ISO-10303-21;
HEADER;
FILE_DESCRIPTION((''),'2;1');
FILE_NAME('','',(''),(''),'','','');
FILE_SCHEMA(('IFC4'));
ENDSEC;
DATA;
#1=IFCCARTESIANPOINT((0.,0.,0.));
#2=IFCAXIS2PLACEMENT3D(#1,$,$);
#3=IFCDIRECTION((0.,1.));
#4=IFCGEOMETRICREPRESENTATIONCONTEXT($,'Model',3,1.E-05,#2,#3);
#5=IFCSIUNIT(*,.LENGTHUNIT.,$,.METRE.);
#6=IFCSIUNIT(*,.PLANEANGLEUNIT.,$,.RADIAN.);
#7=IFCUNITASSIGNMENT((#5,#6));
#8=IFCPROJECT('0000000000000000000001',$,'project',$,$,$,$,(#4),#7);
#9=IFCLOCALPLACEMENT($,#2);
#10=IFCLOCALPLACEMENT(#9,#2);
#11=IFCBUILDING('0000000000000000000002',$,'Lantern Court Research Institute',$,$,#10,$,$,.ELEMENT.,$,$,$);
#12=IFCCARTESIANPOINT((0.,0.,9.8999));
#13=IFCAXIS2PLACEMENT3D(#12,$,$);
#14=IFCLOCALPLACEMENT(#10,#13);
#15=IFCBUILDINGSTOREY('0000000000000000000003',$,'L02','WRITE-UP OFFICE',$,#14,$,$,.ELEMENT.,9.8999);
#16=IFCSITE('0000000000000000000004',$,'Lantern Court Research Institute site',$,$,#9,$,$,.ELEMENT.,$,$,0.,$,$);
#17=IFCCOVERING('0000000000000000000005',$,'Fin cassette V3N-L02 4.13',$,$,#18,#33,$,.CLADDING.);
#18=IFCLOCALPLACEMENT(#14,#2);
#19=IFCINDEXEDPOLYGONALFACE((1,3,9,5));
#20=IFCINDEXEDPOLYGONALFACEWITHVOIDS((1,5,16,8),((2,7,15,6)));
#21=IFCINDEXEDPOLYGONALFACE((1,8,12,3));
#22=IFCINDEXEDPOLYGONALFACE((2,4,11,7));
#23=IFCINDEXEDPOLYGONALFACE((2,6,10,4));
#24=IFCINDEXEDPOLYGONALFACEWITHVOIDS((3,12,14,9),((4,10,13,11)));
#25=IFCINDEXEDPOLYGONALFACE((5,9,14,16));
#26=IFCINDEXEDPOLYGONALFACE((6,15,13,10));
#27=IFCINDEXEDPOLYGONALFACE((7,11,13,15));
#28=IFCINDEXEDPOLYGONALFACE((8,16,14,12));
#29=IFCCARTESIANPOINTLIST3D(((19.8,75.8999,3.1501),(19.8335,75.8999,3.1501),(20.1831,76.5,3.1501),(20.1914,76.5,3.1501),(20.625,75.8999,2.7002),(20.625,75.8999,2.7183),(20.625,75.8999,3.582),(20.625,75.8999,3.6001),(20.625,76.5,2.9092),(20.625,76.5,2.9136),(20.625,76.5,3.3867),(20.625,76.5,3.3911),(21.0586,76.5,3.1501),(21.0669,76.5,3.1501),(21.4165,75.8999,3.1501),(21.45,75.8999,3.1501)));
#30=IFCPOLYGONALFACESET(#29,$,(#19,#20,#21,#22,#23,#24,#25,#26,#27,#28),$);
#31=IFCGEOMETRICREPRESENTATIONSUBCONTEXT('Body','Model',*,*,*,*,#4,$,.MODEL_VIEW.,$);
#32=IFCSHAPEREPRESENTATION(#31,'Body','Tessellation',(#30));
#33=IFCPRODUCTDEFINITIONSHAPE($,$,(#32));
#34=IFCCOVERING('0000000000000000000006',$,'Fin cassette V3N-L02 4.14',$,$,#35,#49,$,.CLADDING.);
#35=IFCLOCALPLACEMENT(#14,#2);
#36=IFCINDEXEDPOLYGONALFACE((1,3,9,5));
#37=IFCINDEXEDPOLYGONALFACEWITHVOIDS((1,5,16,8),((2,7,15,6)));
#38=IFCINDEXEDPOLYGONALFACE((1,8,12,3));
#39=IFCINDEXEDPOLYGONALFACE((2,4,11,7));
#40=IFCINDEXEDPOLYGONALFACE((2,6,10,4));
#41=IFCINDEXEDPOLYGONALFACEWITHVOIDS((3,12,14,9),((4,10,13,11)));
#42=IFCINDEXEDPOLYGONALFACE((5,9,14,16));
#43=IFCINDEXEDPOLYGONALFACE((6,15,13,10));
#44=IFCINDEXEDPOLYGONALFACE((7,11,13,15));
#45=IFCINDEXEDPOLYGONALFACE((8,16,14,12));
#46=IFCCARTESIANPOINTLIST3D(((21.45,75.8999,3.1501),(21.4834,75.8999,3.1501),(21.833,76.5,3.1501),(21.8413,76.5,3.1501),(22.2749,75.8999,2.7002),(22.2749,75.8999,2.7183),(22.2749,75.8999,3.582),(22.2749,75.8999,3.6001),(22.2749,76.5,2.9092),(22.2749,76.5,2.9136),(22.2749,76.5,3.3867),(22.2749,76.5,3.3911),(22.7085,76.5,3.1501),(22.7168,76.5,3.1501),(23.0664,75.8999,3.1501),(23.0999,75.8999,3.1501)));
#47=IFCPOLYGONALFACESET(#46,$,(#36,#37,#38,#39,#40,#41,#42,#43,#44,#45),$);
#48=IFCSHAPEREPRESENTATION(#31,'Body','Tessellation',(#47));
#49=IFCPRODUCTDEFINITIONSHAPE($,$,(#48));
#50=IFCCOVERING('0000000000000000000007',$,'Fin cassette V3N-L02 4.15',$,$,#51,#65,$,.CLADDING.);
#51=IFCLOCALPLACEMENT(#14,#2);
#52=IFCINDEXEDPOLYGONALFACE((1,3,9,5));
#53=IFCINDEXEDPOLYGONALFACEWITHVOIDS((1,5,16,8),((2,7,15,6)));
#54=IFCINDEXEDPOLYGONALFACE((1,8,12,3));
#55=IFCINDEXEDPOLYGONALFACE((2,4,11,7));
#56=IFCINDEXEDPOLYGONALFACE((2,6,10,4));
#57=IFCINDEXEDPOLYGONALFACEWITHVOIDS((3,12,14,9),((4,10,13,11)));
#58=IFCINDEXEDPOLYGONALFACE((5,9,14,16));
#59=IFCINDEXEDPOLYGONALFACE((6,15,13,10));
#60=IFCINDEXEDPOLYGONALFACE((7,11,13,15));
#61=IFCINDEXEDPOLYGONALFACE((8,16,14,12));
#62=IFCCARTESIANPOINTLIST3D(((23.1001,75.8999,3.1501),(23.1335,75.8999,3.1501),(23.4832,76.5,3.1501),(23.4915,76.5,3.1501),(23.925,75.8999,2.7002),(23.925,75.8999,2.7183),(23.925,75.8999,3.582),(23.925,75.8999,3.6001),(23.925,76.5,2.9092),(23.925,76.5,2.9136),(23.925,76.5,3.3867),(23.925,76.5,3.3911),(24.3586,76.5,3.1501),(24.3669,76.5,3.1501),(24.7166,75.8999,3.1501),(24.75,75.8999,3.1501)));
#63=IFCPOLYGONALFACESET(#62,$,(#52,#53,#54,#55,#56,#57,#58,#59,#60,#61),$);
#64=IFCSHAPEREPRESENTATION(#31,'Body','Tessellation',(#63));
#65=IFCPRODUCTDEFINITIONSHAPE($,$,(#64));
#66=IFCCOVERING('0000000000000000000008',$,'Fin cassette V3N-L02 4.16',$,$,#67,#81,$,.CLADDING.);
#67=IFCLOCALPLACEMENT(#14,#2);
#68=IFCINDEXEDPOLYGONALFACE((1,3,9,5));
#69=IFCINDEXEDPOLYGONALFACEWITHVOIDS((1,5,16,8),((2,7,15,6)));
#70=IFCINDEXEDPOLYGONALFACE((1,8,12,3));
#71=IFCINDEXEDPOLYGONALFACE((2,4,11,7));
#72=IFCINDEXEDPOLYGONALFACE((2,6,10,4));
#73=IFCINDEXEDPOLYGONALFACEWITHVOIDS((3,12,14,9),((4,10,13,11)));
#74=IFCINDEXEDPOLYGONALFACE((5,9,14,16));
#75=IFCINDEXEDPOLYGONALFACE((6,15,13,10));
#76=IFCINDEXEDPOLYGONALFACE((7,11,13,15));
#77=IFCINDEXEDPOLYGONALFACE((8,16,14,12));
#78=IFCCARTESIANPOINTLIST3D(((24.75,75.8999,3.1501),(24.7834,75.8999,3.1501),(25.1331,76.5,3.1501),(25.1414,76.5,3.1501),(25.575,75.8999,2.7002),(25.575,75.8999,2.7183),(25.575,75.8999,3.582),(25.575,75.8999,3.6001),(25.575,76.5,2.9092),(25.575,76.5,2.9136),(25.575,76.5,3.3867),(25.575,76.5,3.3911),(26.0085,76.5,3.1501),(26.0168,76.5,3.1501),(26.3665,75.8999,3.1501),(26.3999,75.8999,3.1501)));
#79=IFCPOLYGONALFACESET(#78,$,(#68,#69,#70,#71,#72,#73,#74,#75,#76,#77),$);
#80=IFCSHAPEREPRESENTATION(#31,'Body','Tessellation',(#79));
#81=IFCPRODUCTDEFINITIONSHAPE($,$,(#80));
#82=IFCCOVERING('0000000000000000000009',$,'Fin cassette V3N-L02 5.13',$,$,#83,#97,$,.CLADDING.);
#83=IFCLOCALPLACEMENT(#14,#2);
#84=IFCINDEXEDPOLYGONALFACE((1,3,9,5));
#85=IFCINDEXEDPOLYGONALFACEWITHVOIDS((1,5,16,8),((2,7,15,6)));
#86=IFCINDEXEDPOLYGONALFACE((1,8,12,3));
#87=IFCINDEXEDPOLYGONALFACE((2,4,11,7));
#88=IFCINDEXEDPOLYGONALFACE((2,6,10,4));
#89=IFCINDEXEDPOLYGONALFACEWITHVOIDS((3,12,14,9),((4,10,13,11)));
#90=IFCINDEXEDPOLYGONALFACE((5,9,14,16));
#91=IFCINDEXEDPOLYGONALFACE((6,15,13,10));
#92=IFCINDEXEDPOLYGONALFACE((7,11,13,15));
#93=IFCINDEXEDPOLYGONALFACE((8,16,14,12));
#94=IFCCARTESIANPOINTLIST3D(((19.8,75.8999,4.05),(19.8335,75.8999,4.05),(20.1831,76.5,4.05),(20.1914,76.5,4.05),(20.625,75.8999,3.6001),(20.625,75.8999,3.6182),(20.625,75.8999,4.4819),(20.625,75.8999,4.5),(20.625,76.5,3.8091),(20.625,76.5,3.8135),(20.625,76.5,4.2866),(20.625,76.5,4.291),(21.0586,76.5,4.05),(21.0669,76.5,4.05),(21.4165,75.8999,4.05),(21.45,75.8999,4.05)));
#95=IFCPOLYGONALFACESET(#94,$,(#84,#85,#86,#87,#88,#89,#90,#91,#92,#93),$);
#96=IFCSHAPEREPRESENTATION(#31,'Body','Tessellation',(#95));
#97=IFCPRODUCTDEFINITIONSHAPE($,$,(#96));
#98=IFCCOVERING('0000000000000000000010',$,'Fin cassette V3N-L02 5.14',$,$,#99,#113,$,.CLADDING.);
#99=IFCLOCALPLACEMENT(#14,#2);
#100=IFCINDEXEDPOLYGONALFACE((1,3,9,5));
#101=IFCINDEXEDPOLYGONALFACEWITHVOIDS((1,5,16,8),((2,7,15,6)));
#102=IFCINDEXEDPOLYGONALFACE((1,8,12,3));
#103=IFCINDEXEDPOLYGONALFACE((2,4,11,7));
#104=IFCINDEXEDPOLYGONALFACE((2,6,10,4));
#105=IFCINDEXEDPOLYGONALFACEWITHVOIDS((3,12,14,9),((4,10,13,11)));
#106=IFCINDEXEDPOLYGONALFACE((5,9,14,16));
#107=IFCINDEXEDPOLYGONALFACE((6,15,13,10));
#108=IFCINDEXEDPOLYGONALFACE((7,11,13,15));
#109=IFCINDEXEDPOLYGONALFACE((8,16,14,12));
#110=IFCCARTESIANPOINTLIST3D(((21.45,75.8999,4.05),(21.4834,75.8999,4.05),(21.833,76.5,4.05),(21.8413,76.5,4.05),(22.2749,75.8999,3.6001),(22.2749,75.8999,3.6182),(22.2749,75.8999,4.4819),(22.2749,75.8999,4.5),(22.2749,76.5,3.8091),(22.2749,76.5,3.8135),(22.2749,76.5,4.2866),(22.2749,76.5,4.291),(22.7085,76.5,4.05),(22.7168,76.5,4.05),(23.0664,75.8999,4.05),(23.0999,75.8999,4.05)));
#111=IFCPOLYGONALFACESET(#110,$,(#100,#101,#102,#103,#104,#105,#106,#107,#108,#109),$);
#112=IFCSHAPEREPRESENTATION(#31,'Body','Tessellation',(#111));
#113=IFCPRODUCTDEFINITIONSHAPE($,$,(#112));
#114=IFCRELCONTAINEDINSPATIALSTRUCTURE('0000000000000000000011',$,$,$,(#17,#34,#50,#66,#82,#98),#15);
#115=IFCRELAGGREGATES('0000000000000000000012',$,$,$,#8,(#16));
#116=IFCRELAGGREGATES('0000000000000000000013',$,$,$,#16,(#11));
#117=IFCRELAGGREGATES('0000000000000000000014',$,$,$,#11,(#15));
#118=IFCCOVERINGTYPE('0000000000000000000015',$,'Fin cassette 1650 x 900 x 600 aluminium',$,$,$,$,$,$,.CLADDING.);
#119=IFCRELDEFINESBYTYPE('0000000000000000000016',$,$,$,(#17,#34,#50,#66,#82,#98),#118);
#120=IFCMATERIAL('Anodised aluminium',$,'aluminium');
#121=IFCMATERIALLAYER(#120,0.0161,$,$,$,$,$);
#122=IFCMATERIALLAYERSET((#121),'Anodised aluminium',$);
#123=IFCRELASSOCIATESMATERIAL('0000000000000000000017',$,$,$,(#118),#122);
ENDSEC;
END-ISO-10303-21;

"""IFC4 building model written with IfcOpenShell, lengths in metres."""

from ifc_helpers import new_model, entity, si_unit, direction, frame, origin, place, context, subcontext, project, spatial, material, layer, layer_set, type_object, element, save


model = new_model("IFC4")

# Units and contexts
model_context = context("Model", 3, precision=1e-05, world=origin(), true_north=direction((0.0, 1.0)))
body_context = subcontext(model_context, "Body", "Model", "MODEL_VIEW")
ifc_project = project(units=[si_unit("LENGTHUNIT", "METRE"), si_unit("PLANEANGLEUNIT", "RADIAN")], contexts=[model_context])

# Site, building, storey
site_placement = place(None, origin())
site = spatial("IfcSite", under=ifc_project, at=site_placement, Name="Lantern Court Research Institute site", CompositionType="ELEMENT", RefElevation=0.0)
building_placement = place(site_placement, origin())
building = spatial("IfcBuilding", under=site, at=building_placement, Name="Lantern Court Research Institute", CompositionType="ELEMENT")
storey_placement = place(building_placement, frame((0.0, 0.0, 9.8999)))
storey = spatial("IfcBuildingStorey", under=building, at=storey_placement, Name="L02", Description="WRITE-UP OFFICE", CompositionType="ELEMENT", Elevation=9.8999)

# Coverings
ifc_material_1 = material(Name="Anodised aluminium", Category="aluminium")
ifc_layer_1 = layer(ifc_material_1, 0.0161)
ifc_layer_set_1 = layer_set([ifc_layer_1], Name="Anodised aluminium")
covering_type = type_object("IfcCoveringType", Name="Fin cassette 1650 x 900 x 600 aluminium", PredefinedType="CLADDING", material=ifc_layer_set_1)
covering_1_placement = place(storey_placement, frame((20.625, 75.8999, 3.1501), z_axis=(0.0, 1.0, 0.0), x_axis=(-1.0, 0.0, 0.0)))
cartesian_point_1 = entity("IfcCartesianPoint", [0.825, 0.0])
cartesian_point_2 = entity("IfcCartesianPoint", [0.7915, 0.0])
cartesian_point_3 = entity("IfcCartesianPoint", [0.4419, 0.0])
cartesian_point_4 = entity("IfcCartesianPoint", [0.4336, 0.0])
element("IfcCovering", 1, at=covering_1_placement, inside=storey, type_object=covering_type, Name="Fin cassette V3N-L02 4.13", PredefinedType="CLADDING", context=body_context, shape_type="SweptSolid", body=[
    entity("IfcExtrudedAreaSolidTapered", entity("IfcArbitraryProfileDefWithVoids", "AREA", None, entity("IfcPolyline", [cartesian_point_1, entity("IfcCartesianPoint", [0.0, 0.45]), entity("IfcCartesianPoint", [-0.825, 0.0]), entity("IfcCartesianPoint", [0.0, -0.45]), cartesian_point_1]), [entity("IfcPolyline", [cartesian_point_2, entity("IfcCartesianPoint", [0.0, 0.4319]), entity("IfcCartesianPoint", [-0.7915, 0.0]), entity("IfcCartesianPoint", [0.0, -0.4319]), cartesian_point_2])]), entity("IfcAxis2Placement3D", entity("IfcCartesianPoint", [0.0, 0.0, 0.0])), entity("IfcDirection", [0.0, 0.0, 1.0]), 0.6001, entity("IfcArbitraryProfileDefWithVoids", "AREA", None, entity("IfcPolyline", [cartesian_point_3, entity("IfcCartesianPoint", [0.0, 0.241]), entity("IfcCartesianPoint", [-0.4419, 0.0]), entity("IfcCartesianPoint", [0.0, -0.241]), cartesian_point_3]), [entity("IfcPolyline", [cartesian_point_4, entity("IfcCartesianPoint", [0.0, 0.2366]), entity("IfcCartesianPoint", [-0.4336, 0.0]), entity("IfcCartesianPoint", [0.0, -0.2366]), cartesian_point_4])])),
])
covering_2_placement = place(storey_placement, frame((22.2749, 75.8999, 3.1501), z_axis=(0.0, 1.0, 0.0), x_axis=(-1.0, 0.0, 0.0)))
cartesian_point_5 = entity("IfcCartesianPoint", [0.825, 0.0])
cartesian_point_6 = entity("IfcCartesianPoint", [0.7915, 0.0])
cartesian_point_7 = entity("IfcCartesianPoint", [0.4419, 0.0])
cartesian_point_8 = entity("IfcCartesianPoint", [0.4336, 0.0])
element("IfcCovering", 2, at=covering_2_placement, inside=storey, type_object=covering_type, Name="Fin cassette V3N-L02 4.14", PredefinedType="CLADDING", context=body_context, shape_type="SweptSolid", body=[
    entity("IfcExtrudedAreaSolidTapered", entity("IfcArbitraryProfileDefWithVoids", "AREA", None, entity("IfcPolyline", [cartesian_point_5, entity("IfcCartesianPoint", [0.0, 0.45]), entity("IfcCartesianPoint", [-0.825, 0.0]), entity("IfcCartesianPoint", [0.0, -0.45]), cartesian_point_5]), [entity("IfcPolyline", [cartesian_point_6, entity("IfcCartesianPoint", [0.0, 0.4319]), entity("IfcCartesianPoint", [-0.7915, 0.0]), entity("IfcCartesianPoint", [0.0, -0.4319]), cartesian_point_6])]), entity("IfcAxis2Placement3D", entity("IfcCartesianPoint", [0.0, 0.0, 0.0])), entity("IfcDirection", [0.0, 0.0, 1.0]), 0.6001, entity("IfcArbitraryProfileDefWithVoids", "AREA", None, entity("IfcPolyline", [cartesian_point_7, entity("IfcCartesianPoint", [0.0, 0.241]), entity("IfcCartesianPoint", [-0.4419, 0.0]), entity("IfcCartesianPoint", [0.0, -0.241]), cartesian_point_7]), [entity("IfcPolyline", [cartesian_point_8, entity("IfcCartesianPoint", [0.0, 0.2366]), entity("IfcCartesianPoint", [-0.4336, 0.0]), entity("IfcCartesianPoint", [0.0, -0.2366]), cartesian_point_8])])),
])
covering_3_placement = place(storey_placement, frame((23.925, 75.8999, 3.1501), z_axis=(0.0, 1.0, 0.0), x_axis=(-1.0, 0.0, 0.0)))
cartesian_point_9 = entity("IfcCartesianPoint", [0.825, 0.0])
cartesian_point_10 = entity("IfcCartesianPoint", [0.7915, 0.0])
cartesian_point_11 = entity("IfcCartesianPoint", [0.4419, 0.0])
cartesian_point_12 = entity("IfcCartesianPoint", [0.4336, 0.0])
element("IfcCovering", 3, at=covering_3_placement, inside=storey, type_object=covering_type, Name="Fin cassette V3N-L02 4.15", PredefinedType="CLADDING", context=body_context, shape_type="SweptSolid", body=[
    entity("IfcExtrudedAreaSolidTapered", entity("IfcArbitraryProfileDefWithVoids", "AREA", None, entity("IfcPolyline", [cartesian_point_9, entity("IfcCartesianPoint", [0.0, 0.45]), entity("IfcCartesianPoint", [-0.825, 0.0]), entity("IfcCartesianPoint", [0.0, -0.45]), cartesian_point_9]), [entity("IfcPolyline", [cartesian_point_10, entity("IfcCartesianPoint", [0.0, 0.4319]), entity("IfcCartesianPoint", [-0.7915, 0.0]), entity("IfcCartesianPoint", [0.0, -0.4319]), cartesian_point_10])]), entity("IfcAxis2Placement3D", entity("IfcCartesianPoint", [0.0, 0.0, 0.0])), entity("IfcDirection", [0.0, 0.0, 1.0]), 0.6001, entity("IfcArbitraryProfileDefWithVoids", "AREA", None, entity("IfcPolyline", [cartesian_point_11, entity("IfcCartesianPoint", [0.0, 0.241]), entity("IfcCartesianPoint", [-0.4419, 0.0]), entity("IfcCartesianPoint", [0.0, -0.241]), cartesian_point_11]), [entity("IfcPolyline", [cartesian_point_12, entity("IfcCartesianPoint", [0.0, 0.2366]), entity("IfcCartesianPoint", [-0.4336, 0.0]), entity("IfcCartesianPoint", [0.0, -0.2366]), cartesian_point_12])])),
])
covering_4_placement = place(storey_placement, frame((25.575, 75.8999, 3.1501), z_axis=(0.0, 1.0, 0.0), x_axis=(-1.0, 0.0, 0.0)))
cartesian_point_13 = entity("IfcCartesianPoint", [0.825, 0.0])
cartesian_point_14 = entity("IfcCartesianPoint", [0.7915, 0.0])
cartesian_point_15 = entity("IfcCartesianPoint", [0.4419, 0.0])
cartesian_point_16 = entity("IfcCartesianPoint", [0.4336, 0.0])
element("IfcCovering", 4, at=covering_4_placement, inside=storey, type_object=covering_type, Name="Fin cassette V3N-L02 4.16", PredefinedType="CLADDING", context=body_context, shape_type="SweptSolid", body=[
    entity("IfcExtrudedAreaSolidTapered", entity("IfcArbitraryProfileDefWithVoids", "AREA", None, entity("IfcPolyline", [cartesian_point_13, entity("IfcCartesianPoint", [0.0, 0.45]), entity("IfcCartesianPoint", [-0.825, 0.0]), entity("IfcCartesianPoint", [0.0, -0.45]), cartesian_point_13]), [entity("IfcPolyline", [cartesian_point_14, entity("IfcCartesianPoint", [0.0, 0.4319]), entity("IfcCartesianPoint", [-0.7915, 0.0]), entity("IfcCartesianPoint", [0.0, -0.4319]), cartesian_point_14])]), entity("IfcAxis2Placement3D", entity("IfcCartesianPoint", [0.0, 0.0, 0.0])), entity("IfcDirection", [0.0, 0.0, 1.0]), 0.6001, entity("IfcArbitraryProfileDefWithVoids", "AREA", None, entity("IfcPolyline", [cartesian_point_15, entity("IfcCartesianPoint", [0.0, 0.241]), entity("IfcCartesianPoint", [-0.4419, 0.0]), entity("IfcCartesianPoint", [0.0, -0.241]), cartesian_point_15]), [entity("IfcPolyline", [cartesian_point_16, entity("IfcCartesianPoint", [0.0, 0.2366]), entity("IfcCartesianPoint", [-0.4336, 0.0]), entity("IfcCartesianPoint", [0.0, -0.2366]), cartesian_point_16])])),
])
covering_5_placement = place(storey_placement, frame((20.625, 75.8999, 4.05), z_axis=(0.0, 1.0, 0.0), x_axis=(-1.0, 0.0, 0.0)))
cartesian_point_17 = entity("IfcCartesianPoint", [0.825, 0.0])
cartesian_point_18 = entity("IfcCartesianPoint", [0.7915, 0.0])
cartesian_point_19 = entity("IfcCartesianPoint", [0.4419, 0.0])
cartesian_point_20 = entity("IfcCartesianPoint", [0.4336, 0.0])
element("IfcCovering", 5, at=covering_5_placement, inside=storey, type_object=covering_type, Name="Fin cassette V3N-L02 5.13", PredefinedType="CLADDING", context=body_context, shape_type="SweptSolid", body=[
    entity("IfcExtrudedAreaSolidTapered", entity("IfcArbitraryProfileDefWithVoids", "AREA", None, entity("IfcPolyline", [cartesian_point_17, entity("IfcCartesianPoint", [0.0, 0.45]), entity("IfcCartesianPoint", [-0.825, 0.0]), entity("IfcCartesianPoint", [0.0, -0.45]), cartesian_point_17]), [entity("IfcPolyline", [cartesian_point_18, entity("IfcCartesianPoint", [0.0, 0.4319]), entity("IfcCartesianPoint", [-0.7915, 0.0]), entity("IfcCartesianPoint", [0.0, -0.4319]), cartesian_point_18])]), entity("IfcAxis2Placement3D", entity("IfcCartesianPoint", [0.0, 0.0, 0.0])), entity("IfcDirection", [0.0, 0.0, 1.0]), 0.6001, entity("IfcArbitraryProfileDefWithVoids", "AREA", None, entity("IfcPolyline", [cartesian_point_19, entity("IfcCartesianPoint", [0.0, 0.241]), entity("IfcCartesianPoint", [-0.4419, 0.0]), entity("IfcCartesianPoint", [0.0, -0.241]), cartesian_point_19]), [entity("IfcPolyline", [cartesian_point_20, entity("IfcCartesianPoint", [0.0, 0.2366]), entity("IfcCartesianPoint", [-0.4336, 0.0]), entity("IfcCartesianPoint", [0.0, -0.2366]), cartesian_point_20])])),
])
covering_6_placement = place(storey_placement, frame((22.2749, 75.8999, 4.05), z_axis=(0.0, 1.0, 0.0), x_axis=(-1.0, 0.0, 0.0)))
cartesian_point_21 = entity("IfcCartesianPoint", [0.825, 0.0])
cartesian_point_22 = entity("IfcCartesianPoint", [0.7915, 0.0])
cartesian_point_23 = entity("IfcCartesianPoint", [0.4419, 0.0])
cartesian_point_24 = entity("IfcCartesianPoint", [0.4336, 0.0])
element("IfcCovering", 6, at=covering_6_placement, inside=storey, type_object=covering_type, Name="Fin cassette V3N-L02 5.14", PredefinedType="CLADDING", context=body_context, shape_type="SweptSolid", body=[
    entity("IfcExtrudedAreaSolidTapered", entity("IfcArbitraryProfileDefWithVoids", "AREA", None, entity("IfcPolyline", [cartesian_point_21, entity("IfcCartesianPoint", [0.0, 0.45]), entity("IfcCartesianPoint", [-0.825, 0.0]), entity("IfcCartesianPoint", [0.0, -0.45]), cartesian_point_21]), [entity("IfcPolyline", [cartesian_point_22, entity("IfcCartesianPoint", [0.0, 0.4319]), entity("IfcCartesianPoint", [-0.7915, 0.0]), entity("IfcCartesianPoint", [0.0, -0.4319]), cartesian_point_22])]), entity("IfcAxis2Placement3D", entity("IfcCartesianPoint", [0.0, 0.0, 0.0])), entity("IfcDirection", [0.0, 0.0, 1.0]), 0.6001, entity("IfcArbitraryProfileDefWithVoids", "AREA", None, entity("IfcPolyline", [cartesian_point_23, entity("IfcCartesianPoint", [0.0, 0.241]), entity("IfcCartesianPoint", [-0.4419, 0.0]), entity("IfcCartesianPoint", [0.0, -0.241]), cartesian_point_23]), [entity("IfcPolyline", [cartesian_point_24, entity("IfcCartesianPoint", [0.0, 0.2366]), entity("IfcCartesianPoint", [-0.4336, 0.0]), entity("IfcCartesianPoint", [0.0, -0.2366]), cartesian_point_24])])),
])

save(model, "model.ifc")
